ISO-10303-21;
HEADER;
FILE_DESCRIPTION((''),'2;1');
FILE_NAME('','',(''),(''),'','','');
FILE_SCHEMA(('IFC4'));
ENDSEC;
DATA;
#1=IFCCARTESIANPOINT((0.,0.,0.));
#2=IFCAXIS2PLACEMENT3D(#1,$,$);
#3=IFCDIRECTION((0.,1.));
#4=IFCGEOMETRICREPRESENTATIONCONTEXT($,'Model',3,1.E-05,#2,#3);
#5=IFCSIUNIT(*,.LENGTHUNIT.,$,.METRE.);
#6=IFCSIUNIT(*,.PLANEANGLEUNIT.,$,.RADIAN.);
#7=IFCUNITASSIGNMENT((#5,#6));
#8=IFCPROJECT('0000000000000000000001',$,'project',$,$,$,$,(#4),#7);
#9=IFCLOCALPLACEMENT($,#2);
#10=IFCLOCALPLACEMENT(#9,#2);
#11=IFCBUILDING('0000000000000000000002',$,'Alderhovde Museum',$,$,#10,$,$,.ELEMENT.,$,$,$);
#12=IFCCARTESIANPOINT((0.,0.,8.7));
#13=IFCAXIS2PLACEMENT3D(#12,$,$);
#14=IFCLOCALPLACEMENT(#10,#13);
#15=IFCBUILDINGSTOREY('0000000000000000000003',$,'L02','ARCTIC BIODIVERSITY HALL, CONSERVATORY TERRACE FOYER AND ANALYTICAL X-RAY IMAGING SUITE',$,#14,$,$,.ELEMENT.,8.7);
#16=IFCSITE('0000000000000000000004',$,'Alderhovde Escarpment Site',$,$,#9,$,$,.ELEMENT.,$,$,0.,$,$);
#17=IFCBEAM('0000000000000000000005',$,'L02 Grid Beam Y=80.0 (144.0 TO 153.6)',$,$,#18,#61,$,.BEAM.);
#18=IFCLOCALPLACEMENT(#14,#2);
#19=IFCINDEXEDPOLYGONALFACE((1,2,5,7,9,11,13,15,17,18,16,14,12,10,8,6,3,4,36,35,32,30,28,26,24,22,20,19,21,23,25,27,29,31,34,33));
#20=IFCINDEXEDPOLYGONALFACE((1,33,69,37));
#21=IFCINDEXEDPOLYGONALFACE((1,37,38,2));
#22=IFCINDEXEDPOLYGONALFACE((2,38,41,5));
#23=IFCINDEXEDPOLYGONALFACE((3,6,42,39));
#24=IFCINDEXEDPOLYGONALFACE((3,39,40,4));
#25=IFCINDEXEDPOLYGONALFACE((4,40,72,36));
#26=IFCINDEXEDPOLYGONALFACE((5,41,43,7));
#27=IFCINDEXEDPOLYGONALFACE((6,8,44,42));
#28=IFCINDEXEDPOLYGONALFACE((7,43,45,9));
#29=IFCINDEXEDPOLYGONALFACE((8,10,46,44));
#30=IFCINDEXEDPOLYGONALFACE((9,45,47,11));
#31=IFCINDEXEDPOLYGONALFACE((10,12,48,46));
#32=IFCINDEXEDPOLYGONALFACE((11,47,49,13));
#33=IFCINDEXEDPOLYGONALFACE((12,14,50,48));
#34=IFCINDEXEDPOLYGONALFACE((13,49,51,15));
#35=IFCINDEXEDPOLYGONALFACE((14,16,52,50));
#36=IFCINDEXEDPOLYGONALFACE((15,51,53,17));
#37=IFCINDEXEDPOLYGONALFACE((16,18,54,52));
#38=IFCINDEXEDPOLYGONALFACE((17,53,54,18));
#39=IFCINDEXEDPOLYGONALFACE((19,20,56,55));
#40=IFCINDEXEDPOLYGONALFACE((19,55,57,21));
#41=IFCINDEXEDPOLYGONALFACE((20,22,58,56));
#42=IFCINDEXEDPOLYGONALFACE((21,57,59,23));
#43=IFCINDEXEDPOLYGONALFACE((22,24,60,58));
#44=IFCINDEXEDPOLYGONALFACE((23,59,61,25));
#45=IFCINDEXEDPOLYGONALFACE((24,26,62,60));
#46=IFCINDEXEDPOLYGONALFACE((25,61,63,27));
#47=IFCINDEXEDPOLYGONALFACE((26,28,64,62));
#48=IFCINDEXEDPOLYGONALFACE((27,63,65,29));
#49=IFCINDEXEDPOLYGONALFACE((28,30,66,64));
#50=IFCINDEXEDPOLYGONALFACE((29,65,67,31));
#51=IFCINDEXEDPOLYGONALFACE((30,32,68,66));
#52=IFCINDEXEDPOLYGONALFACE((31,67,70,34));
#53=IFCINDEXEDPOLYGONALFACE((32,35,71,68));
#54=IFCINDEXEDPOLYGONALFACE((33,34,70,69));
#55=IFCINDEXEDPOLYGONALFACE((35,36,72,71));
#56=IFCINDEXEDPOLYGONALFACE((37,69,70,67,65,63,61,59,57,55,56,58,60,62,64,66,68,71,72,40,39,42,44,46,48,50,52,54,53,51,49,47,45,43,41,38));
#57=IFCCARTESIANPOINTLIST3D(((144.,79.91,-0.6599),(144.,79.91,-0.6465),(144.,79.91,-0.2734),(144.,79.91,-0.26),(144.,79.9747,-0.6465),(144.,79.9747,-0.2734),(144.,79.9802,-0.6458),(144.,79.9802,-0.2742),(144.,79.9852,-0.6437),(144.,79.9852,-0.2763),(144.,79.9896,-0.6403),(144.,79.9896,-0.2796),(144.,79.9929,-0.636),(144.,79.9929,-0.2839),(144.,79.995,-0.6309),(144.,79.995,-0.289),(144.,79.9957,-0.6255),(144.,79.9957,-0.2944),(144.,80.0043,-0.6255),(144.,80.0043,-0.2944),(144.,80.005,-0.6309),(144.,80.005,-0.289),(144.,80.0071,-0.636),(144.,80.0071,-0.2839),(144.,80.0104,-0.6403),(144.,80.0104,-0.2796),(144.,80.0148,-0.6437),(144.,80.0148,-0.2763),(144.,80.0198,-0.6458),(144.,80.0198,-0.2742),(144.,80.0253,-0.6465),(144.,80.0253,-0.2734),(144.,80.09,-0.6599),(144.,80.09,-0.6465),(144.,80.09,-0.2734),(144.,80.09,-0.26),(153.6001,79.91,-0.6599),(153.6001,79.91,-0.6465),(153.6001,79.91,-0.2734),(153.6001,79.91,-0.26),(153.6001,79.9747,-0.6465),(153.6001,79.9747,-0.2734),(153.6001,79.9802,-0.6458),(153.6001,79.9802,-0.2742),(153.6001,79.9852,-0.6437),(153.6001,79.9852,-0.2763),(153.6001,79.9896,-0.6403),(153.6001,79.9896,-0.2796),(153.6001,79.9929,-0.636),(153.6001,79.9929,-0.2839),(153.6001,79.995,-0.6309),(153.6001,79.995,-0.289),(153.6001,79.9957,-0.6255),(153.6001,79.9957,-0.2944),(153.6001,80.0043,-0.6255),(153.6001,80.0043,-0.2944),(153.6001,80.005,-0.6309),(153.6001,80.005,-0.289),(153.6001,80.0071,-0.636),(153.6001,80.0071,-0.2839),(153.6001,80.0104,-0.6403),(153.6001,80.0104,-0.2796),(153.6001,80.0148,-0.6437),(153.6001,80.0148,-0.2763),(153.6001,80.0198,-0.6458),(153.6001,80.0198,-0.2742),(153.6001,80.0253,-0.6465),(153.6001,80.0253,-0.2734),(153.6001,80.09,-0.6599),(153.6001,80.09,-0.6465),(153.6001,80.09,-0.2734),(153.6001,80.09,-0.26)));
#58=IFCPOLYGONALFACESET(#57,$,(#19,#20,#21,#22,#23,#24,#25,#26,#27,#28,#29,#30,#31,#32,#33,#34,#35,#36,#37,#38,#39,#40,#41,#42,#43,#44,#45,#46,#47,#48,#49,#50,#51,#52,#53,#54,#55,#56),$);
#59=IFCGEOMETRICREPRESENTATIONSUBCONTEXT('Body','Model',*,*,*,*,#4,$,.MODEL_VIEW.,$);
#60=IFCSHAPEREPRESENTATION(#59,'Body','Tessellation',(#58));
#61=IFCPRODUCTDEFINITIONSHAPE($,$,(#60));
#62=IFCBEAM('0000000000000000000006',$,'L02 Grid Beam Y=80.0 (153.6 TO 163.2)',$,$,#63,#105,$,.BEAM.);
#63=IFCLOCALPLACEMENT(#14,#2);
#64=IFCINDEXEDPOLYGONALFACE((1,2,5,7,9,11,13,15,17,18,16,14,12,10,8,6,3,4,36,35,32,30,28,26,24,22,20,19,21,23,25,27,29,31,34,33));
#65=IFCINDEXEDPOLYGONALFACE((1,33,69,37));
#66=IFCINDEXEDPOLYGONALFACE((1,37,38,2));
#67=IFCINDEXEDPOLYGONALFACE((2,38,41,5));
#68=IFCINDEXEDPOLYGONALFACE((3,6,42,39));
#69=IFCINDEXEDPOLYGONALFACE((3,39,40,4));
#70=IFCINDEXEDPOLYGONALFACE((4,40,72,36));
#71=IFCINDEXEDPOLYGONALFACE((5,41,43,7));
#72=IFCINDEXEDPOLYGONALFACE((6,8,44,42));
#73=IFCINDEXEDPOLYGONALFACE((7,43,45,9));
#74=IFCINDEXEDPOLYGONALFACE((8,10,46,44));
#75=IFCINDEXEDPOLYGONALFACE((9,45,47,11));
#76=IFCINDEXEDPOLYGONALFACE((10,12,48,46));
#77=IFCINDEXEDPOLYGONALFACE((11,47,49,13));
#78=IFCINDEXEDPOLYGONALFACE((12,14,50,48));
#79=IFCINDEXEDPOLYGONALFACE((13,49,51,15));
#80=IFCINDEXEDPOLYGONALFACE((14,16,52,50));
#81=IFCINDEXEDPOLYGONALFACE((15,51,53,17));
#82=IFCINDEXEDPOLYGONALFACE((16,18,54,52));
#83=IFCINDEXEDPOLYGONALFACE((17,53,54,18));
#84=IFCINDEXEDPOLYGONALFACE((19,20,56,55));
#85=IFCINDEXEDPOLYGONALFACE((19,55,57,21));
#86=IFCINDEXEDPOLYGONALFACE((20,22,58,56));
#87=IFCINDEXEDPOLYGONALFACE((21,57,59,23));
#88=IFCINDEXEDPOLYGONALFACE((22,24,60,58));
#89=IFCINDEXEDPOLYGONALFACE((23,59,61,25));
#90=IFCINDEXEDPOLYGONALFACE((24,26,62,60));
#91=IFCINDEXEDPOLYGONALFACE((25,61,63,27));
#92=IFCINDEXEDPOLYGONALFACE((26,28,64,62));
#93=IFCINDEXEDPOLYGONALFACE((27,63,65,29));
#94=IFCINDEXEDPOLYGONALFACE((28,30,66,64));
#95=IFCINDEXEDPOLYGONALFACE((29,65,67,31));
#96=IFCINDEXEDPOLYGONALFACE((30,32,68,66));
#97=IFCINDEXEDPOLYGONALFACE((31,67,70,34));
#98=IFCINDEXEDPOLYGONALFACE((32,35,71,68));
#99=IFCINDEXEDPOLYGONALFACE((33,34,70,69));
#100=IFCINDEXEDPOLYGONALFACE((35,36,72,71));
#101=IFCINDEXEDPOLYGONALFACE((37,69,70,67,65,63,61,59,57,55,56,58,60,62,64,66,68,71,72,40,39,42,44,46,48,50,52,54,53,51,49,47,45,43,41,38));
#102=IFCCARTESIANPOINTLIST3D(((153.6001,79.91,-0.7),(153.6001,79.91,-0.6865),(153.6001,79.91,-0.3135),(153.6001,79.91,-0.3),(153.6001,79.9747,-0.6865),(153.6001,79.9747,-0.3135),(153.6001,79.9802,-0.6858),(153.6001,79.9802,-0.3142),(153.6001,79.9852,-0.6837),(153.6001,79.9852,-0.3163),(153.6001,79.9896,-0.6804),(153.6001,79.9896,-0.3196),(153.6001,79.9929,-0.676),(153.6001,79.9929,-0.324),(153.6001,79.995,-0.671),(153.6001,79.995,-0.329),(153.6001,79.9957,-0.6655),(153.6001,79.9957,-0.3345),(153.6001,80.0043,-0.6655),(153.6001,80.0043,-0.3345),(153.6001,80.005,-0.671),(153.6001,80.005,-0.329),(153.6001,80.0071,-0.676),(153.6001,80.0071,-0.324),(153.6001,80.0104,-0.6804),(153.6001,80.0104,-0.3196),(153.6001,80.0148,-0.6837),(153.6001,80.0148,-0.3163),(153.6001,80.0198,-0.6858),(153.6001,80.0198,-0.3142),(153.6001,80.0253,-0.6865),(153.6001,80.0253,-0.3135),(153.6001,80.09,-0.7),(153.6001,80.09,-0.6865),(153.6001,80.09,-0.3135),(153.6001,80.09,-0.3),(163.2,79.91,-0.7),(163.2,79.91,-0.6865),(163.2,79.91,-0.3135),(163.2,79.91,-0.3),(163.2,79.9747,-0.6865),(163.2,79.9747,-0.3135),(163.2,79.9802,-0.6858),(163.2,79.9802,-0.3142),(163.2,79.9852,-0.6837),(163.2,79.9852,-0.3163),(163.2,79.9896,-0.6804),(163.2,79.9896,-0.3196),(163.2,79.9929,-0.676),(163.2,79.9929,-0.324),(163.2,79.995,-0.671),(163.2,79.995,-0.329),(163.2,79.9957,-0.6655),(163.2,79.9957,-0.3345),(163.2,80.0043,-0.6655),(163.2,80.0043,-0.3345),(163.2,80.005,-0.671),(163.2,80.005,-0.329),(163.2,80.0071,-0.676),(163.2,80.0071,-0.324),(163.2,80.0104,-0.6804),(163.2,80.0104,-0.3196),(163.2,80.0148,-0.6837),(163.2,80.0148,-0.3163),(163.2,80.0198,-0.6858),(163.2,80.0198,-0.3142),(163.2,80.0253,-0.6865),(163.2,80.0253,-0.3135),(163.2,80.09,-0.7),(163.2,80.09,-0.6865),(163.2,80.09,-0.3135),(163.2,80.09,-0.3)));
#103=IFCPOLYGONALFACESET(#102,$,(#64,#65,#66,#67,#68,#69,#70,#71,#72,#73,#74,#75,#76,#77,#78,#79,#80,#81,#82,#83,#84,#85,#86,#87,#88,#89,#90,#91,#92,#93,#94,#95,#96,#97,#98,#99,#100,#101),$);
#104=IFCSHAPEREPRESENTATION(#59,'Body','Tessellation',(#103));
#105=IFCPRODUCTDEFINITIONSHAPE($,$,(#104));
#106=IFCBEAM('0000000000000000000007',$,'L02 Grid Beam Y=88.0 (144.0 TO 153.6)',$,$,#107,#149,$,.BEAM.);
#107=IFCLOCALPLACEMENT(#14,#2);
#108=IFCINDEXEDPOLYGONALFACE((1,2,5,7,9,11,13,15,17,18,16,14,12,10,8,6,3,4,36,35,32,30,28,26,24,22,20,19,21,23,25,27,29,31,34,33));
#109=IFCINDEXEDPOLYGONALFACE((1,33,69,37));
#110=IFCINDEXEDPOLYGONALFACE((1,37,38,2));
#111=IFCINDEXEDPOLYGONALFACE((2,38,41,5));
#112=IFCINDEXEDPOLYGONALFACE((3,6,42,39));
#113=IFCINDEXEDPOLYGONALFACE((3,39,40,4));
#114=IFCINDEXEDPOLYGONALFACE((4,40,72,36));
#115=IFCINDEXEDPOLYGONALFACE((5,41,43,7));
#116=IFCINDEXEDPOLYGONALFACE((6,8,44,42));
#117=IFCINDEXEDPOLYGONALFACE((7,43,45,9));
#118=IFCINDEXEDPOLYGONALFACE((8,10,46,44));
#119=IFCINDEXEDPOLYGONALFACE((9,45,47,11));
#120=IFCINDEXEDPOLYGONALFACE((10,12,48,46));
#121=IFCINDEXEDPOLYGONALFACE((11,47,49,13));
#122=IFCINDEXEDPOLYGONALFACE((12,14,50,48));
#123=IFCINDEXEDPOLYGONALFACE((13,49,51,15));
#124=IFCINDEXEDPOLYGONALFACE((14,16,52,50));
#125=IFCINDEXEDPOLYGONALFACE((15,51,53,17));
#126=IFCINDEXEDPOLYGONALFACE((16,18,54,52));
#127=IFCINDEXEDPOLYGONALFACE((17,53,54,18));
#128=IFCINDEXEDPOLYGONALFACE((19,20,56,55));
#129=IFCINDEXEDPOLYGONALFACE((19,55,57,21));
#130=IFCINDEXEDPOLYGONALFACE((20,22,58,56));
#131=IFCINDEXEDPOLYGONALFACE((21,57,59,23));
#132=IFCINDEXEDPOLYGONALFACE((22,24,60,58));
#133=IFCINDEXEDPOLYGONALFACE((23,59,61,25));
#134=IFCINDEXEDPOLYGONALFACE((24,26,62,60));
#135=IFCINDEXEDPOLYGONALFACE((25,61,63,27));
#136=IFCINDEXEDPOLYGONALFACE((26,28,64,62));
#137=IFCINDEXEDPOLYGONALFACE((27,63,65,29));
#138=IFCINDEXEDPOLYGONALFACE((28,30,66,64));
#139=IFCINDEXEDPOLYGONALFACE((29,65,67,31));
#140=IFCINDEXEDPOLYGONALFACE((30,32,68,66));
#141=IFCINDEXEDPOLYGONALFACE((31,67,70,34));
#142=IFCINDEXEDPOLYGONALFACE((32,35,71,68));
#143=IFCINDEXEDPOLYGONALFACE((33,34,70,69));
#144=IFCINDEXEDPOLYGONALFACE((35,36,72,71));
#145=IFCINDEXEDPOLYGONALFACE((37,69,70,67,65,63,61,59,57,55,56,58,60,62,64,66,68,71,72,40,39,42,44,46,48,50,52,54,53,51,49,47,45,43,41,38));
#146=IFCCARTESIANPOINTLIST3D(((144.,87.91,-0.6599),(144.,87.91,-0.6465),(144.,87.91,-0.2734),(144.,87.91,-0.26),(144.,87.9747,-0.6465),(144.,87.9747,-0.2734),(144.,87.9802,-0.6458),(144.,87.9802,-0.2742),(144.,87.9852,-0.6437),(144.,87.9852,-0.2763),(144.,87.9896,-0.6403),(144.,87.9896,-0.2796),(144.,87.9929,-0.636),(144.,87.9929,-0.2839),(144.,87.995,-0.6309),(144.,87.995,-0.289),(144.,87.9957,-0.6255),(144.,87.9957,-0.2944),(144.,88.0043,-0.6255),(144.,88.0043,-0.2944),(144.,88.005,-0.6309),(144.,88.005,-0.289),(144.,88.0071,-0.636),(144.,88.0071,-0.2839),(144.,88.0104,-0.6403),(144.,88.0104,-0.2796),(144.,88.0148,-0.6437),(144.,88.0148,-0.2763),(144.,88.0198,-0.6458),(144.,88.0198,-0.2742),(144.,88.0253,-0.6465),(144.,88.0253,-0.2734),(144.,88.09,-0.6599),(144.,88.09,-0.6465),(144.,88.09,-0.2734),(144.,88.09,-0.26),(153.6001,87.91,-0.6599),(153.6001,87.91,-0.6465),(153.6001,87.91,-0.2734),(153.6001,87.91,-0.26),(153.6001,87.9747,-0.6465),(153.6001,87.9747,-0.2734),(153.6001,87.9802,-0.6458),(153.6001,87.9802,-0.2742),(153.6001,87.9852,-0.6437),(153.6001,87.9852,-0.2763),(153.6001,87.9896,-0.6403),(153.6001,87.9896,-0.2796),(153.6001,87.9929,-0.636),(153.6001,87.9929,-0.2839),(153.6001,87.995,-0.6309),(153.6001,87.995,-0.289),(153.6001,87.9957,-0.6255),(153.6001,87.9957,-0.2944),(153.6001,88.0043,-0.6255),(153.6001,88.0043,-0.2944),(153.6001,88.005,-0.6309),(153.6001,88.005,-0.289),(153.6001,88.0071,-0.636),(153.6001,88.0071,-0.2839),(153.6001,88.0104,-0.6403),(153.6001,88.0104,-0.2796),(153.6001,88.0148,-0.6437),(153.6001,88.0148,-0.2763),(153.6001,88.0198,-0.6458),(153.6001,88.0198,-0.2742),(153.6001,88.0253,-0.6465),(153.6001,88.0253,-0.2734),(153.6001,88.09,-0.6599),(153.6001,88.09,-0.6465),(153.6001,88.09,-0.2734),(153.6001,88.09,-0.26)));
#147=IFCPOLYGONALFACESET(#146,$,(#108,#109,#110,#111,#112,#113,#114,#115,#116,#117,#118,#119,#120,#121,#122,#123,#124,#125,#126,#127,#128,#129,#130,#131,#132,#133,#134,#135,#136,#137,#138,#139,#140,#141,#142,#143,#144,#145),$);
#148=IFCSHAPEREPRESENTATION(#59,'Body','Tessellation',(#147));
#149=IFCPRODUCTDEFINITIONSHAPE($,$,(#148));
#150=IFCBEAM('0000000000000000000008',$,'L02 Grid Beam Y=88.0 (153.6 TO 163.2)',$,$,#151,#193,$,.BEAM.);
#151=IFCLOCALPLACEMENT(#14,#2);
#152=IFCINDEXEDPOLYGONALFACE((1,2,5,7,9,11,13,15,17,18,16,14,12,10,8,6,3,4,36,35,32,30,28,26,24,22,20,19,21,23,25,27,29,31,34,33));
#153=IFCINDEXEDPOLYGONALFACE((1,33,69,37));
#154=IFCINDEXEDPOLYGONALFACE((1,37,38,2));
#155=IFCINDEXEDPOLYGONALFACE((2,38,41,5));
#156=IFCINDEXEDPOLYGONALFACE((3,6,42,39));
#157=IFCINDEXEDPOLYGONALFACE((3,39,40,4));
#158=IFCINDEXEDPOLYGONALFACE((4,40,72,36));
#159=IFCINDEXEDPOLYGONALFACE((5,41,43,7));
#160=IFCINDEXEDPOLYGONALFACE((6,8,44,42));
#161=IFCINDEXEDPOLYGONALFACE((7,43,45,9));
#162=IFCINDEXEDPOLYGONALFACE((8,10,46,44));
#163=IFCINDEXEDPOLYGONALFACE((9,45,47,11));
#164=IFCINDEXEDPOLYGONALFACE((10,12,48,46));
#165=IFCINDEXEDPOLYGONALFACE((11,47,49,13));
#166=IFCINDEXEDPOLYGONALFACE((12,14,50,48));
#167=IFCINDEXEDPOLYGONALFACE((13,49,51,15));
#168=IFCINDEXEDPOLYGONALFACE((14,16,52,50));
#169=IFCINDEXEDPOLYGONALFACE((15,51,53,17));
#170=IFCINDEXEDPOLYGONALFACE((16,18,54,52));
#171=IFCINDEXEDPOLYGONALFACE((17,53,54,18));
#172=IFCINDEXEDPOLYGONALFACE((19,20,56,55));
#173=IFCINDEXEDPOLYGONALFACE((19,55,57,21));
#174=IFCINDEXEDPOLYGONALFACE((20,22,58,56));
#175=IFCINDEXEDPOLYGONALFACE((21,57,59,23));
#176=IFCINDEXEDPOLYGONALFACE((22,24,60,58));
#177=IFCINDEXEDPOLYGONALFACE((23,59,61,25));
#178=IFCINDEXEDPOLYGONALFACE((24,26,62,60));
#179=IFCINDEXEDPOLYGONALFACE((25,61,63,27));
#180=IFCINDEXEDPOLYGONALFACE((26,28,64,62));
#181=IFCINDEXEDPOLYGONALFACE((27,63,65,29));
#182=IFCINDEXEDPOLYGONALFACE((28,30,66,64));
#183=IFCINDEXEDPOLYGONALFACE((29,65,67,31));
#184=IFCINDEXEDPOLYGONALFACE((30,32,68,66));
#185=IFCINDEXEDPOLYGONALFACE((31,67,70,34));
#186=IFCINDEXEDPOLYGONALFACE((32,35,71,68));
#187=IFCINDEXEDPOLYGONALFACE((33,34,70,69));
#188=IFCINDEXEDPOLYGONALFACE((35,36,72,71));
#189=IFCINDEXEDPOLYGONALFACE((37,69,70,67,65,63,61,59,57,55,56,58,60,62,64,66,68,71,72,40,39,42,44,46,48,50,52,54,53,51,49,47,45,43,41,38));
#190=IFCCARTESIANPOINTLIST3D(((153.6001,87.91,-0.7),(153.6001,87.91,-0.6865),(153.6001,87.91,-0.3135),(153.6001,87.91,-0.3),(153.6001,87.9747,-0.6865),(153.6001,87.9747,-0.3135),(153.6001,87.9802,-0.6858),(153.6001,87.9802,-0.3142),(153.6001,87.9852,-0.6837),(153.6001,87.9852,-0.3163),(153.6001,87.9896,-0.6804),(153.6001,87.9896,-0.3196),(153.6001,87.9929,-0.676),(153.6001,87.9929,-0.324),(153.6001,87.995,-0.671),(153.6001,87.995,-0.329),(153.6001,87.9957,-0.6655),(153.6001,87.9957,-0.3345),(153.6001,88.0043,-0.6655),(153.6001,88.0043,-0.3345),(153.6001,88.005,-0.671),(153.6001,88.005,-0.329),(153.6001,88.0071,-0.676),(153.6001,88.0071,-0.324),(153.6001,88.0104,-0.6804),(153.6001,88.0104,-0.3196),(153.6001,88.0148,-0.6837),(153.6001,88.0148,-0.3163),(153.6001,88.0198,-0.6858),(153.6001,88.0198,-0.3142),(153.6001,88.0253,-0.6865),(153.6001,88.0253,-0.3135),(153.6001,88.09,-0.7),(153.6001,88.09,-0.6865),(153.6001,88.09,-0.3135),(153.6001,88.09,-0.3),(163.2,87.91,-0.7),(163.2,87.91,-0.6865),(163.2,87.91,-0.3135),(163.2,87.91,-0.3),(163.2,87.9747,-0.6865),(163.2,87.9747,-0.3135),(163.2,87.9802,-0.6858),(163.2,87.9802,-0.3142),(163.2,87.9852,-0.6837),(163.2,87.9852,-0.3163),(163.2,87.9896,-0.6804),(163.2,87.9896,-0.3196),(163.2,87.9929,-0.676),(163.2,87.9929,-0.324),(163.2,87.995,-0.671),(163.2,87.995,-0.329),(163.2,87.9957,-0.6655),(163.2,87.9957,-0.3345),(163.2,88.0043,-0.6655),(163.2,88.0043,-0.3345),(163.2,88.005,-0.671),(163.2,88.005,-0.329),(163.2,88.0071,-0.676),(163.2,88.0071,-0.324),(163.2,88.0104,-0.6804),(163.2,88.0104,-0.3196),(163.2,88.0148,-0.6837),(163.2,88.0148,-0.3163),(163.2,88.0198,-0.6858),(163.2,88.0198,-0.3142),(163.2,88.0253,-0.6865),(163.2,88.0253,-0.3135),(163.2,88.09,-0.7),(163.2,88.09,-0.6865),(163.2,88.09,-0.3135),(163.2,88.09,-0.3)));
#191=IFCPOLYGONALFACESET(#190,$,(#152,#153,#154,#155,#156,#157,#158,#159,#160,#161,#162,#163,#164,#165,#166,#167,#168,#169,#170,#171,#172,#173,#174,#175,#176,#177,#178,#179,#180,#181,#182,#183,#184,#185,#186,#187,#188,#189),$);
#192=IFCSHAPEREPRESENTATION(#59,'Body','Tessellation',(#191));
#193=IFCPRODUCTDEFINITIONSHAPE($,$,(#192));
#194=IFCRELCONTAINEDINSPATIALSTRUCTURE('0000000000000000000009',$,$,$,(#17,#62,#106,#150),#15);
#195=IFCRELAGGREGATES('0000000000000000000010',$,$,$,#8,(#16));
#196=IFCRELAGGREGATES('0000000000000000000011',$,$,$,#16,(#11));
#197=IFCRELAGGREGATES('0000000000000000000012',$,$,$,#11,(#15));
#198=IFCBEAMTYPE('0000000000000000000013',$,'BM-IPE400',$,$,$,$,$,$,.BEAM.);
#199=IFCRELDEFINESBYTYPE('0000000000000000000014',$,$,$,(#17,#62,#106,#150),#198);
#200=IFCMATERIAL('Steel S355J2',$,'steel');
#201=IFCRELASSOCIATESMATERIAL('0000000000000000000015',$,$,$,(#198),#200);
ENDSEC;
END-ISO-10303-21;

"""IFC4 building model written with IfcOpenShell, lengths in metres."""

from ifc_helpers import new_model, si_unit, direction, frame, origin, origin_2d, place, context, subcontext, project, spatial, i_section, extrude, material, material_profile, profile_set, type_object, element, save


model = new_model("IFC4")

# Units and contexts
model_context = context("Model", 3, precision=1e-05, world=origin(), true_north=direction((0.0, 1.0)))
body_context = subcontext(model_context, "Body", "Model", "MODEL_VIEW")
ifc_project = project(units=[si_unit("LENGTHUNIT", "METRE"), si_unit("PLANEANGLEUNIT", "RADIAN")], contexts=[model_context])

# Site, building, storey
site_placement = place(None, origin())
site = spatial("IfcSite", under=ifc_project, at=site_placement, Name="Alderhovde Escarpment Site", CompositionType="ELEMENT", RefElevation=0.0)
building_placement = place(site_placement, origin())
building = spatial("IfcBuilding", under=site, at=building_placement, Name="Alderhovde Museum", CompositionType="ELEMENT")
storey_placement = place(building_placement, frame((0.0, 0.0, 8.7)))
storey = spatial("IfcBuildingStorey", under=building, at=storey_placement, Name="L02", Description="ARCTIC BIODIVERSITY HALL, CONSERVATORY TERRACE FOYER AND ANALYTICAL X-RAY IMAGING SUITE", CompositionType="ELEMENT", Elevation=8.7)

# Beams
ifc_material_1 = material(Name="Steel S355J2", Category="steel")
ifc_material_profile_1 = material_profile(ifc_material_1, i_section(OverallWidth=0.1799, OverallDepth=0.3999, WebThickness=0.0085, FlangeThickness=0.0134, FilletRadius=0.021, at=origin_2d()), Name="IPE 400")
ifc_profile_set_1 = profile_set([ifc_material_profile_1], Name="Steel S355J2")
beam_type_1 = type_object("IfcBeamType", Name="BM-IPE400", PredefinedType="BEAM", material=ifc_profile_set_1)
beam_1_placement = place(storey_placement, frame((144.0, 80.0, -0.46), z_axis=(1.0, 0.0, 0.0), x_axis=(0.0, 1.0, 0.0)))
element("IfcBeam", 1, at=beam_1_placement, inside=storey, type_object=beam_type_1, Name="L02 Grid Beam Y=80.0 (144.0 TO 153.6)", PredefinedType="BEAM", context=body_context, shape_type="SweptSolid", body=[
    extrude(i_section(OverallWidth=0.1799, OverallDepth=0.3999, WebThickness=0.0085, FlangeThickness=0.0134, FilletRadius=0.021, at=origin_2d()), origin(), (0.0, 0.0, 1.0), 9.6001),
])
beam_2_placement = place(storey_placement, frame((153.6001, 80.0, -0.5), z_axis=(1.0, 0.0, 0.0), x_axis=(0.0, 1.0, 0.0)))
element("IfcBeam", 2, at=beam_2_placement, inside=storey, type_object=beam_type_1, Name="L02 Grid Beam Y=80.0 (153.6 TO 163.2)", PredefinedType="BEAM", context=body_context, shape_type="SweptSolid", body=[
    extrude(i_section(OverallWidth=0.1799, OverallDepth=0.3999, WebThickness=0.0085, FlangeThickness=0.0134, FilletRadius=0.021, at=origin_2d()), origin(), (0.0, 0.0, 1.0), 9.5999),
])
beam_3_placement = place(storey_placement, frame((144.0, 88.0, -0.46), z_axis=(1.0, 0.0, 0.0), x_axis=(0.0, 1.0, 0.0)))
element("IfcBeam", 3, at=beam_3_placement, inside=storey, type_object=beam_type_1, Name="L02 Grid Beam Y=88.0 (144.0 TO 153.6)", PredefinedType="BEAM", context=body_context, shape_type="SweptSolid", body=[
    extrude(i_section(OverallWidth=0.1799, OverallDepth=0.3999, WebThickness=0.0085, FlangeThickness=0.0134, FilletRadius=0.021, at=origin_2d()), origin(), (0.0, 0.0, 1.0), 9.6001),
])
beam_4_placement = place(storey_placement, frame((153.6001, 88.0, -0.5), z_axis=(1.0, 0.0, 0.0), x_axis=(0.0, 1.0, 0.0)))
element("IfcBeam", 4, at=beam_4_placement, inside=storey, type_object=beam_type_1, Name="L02 Grid Beam Y=88.0 (153.6 TO 163.2)", PredefinedType="BEAM", context=body_context, shape_type="SweptSolid", body=[
    extrude(i_section(OverallWidth=0.1799, OverallDepth=0.3999, WebThickness=0.0085, FlangeThickness=0.0134, FilletRadius=0.021, at=origin_2d()), origin(), (0.0, 0.0, 1.0), 9.5999),
])

save(model, "model.ifc")
